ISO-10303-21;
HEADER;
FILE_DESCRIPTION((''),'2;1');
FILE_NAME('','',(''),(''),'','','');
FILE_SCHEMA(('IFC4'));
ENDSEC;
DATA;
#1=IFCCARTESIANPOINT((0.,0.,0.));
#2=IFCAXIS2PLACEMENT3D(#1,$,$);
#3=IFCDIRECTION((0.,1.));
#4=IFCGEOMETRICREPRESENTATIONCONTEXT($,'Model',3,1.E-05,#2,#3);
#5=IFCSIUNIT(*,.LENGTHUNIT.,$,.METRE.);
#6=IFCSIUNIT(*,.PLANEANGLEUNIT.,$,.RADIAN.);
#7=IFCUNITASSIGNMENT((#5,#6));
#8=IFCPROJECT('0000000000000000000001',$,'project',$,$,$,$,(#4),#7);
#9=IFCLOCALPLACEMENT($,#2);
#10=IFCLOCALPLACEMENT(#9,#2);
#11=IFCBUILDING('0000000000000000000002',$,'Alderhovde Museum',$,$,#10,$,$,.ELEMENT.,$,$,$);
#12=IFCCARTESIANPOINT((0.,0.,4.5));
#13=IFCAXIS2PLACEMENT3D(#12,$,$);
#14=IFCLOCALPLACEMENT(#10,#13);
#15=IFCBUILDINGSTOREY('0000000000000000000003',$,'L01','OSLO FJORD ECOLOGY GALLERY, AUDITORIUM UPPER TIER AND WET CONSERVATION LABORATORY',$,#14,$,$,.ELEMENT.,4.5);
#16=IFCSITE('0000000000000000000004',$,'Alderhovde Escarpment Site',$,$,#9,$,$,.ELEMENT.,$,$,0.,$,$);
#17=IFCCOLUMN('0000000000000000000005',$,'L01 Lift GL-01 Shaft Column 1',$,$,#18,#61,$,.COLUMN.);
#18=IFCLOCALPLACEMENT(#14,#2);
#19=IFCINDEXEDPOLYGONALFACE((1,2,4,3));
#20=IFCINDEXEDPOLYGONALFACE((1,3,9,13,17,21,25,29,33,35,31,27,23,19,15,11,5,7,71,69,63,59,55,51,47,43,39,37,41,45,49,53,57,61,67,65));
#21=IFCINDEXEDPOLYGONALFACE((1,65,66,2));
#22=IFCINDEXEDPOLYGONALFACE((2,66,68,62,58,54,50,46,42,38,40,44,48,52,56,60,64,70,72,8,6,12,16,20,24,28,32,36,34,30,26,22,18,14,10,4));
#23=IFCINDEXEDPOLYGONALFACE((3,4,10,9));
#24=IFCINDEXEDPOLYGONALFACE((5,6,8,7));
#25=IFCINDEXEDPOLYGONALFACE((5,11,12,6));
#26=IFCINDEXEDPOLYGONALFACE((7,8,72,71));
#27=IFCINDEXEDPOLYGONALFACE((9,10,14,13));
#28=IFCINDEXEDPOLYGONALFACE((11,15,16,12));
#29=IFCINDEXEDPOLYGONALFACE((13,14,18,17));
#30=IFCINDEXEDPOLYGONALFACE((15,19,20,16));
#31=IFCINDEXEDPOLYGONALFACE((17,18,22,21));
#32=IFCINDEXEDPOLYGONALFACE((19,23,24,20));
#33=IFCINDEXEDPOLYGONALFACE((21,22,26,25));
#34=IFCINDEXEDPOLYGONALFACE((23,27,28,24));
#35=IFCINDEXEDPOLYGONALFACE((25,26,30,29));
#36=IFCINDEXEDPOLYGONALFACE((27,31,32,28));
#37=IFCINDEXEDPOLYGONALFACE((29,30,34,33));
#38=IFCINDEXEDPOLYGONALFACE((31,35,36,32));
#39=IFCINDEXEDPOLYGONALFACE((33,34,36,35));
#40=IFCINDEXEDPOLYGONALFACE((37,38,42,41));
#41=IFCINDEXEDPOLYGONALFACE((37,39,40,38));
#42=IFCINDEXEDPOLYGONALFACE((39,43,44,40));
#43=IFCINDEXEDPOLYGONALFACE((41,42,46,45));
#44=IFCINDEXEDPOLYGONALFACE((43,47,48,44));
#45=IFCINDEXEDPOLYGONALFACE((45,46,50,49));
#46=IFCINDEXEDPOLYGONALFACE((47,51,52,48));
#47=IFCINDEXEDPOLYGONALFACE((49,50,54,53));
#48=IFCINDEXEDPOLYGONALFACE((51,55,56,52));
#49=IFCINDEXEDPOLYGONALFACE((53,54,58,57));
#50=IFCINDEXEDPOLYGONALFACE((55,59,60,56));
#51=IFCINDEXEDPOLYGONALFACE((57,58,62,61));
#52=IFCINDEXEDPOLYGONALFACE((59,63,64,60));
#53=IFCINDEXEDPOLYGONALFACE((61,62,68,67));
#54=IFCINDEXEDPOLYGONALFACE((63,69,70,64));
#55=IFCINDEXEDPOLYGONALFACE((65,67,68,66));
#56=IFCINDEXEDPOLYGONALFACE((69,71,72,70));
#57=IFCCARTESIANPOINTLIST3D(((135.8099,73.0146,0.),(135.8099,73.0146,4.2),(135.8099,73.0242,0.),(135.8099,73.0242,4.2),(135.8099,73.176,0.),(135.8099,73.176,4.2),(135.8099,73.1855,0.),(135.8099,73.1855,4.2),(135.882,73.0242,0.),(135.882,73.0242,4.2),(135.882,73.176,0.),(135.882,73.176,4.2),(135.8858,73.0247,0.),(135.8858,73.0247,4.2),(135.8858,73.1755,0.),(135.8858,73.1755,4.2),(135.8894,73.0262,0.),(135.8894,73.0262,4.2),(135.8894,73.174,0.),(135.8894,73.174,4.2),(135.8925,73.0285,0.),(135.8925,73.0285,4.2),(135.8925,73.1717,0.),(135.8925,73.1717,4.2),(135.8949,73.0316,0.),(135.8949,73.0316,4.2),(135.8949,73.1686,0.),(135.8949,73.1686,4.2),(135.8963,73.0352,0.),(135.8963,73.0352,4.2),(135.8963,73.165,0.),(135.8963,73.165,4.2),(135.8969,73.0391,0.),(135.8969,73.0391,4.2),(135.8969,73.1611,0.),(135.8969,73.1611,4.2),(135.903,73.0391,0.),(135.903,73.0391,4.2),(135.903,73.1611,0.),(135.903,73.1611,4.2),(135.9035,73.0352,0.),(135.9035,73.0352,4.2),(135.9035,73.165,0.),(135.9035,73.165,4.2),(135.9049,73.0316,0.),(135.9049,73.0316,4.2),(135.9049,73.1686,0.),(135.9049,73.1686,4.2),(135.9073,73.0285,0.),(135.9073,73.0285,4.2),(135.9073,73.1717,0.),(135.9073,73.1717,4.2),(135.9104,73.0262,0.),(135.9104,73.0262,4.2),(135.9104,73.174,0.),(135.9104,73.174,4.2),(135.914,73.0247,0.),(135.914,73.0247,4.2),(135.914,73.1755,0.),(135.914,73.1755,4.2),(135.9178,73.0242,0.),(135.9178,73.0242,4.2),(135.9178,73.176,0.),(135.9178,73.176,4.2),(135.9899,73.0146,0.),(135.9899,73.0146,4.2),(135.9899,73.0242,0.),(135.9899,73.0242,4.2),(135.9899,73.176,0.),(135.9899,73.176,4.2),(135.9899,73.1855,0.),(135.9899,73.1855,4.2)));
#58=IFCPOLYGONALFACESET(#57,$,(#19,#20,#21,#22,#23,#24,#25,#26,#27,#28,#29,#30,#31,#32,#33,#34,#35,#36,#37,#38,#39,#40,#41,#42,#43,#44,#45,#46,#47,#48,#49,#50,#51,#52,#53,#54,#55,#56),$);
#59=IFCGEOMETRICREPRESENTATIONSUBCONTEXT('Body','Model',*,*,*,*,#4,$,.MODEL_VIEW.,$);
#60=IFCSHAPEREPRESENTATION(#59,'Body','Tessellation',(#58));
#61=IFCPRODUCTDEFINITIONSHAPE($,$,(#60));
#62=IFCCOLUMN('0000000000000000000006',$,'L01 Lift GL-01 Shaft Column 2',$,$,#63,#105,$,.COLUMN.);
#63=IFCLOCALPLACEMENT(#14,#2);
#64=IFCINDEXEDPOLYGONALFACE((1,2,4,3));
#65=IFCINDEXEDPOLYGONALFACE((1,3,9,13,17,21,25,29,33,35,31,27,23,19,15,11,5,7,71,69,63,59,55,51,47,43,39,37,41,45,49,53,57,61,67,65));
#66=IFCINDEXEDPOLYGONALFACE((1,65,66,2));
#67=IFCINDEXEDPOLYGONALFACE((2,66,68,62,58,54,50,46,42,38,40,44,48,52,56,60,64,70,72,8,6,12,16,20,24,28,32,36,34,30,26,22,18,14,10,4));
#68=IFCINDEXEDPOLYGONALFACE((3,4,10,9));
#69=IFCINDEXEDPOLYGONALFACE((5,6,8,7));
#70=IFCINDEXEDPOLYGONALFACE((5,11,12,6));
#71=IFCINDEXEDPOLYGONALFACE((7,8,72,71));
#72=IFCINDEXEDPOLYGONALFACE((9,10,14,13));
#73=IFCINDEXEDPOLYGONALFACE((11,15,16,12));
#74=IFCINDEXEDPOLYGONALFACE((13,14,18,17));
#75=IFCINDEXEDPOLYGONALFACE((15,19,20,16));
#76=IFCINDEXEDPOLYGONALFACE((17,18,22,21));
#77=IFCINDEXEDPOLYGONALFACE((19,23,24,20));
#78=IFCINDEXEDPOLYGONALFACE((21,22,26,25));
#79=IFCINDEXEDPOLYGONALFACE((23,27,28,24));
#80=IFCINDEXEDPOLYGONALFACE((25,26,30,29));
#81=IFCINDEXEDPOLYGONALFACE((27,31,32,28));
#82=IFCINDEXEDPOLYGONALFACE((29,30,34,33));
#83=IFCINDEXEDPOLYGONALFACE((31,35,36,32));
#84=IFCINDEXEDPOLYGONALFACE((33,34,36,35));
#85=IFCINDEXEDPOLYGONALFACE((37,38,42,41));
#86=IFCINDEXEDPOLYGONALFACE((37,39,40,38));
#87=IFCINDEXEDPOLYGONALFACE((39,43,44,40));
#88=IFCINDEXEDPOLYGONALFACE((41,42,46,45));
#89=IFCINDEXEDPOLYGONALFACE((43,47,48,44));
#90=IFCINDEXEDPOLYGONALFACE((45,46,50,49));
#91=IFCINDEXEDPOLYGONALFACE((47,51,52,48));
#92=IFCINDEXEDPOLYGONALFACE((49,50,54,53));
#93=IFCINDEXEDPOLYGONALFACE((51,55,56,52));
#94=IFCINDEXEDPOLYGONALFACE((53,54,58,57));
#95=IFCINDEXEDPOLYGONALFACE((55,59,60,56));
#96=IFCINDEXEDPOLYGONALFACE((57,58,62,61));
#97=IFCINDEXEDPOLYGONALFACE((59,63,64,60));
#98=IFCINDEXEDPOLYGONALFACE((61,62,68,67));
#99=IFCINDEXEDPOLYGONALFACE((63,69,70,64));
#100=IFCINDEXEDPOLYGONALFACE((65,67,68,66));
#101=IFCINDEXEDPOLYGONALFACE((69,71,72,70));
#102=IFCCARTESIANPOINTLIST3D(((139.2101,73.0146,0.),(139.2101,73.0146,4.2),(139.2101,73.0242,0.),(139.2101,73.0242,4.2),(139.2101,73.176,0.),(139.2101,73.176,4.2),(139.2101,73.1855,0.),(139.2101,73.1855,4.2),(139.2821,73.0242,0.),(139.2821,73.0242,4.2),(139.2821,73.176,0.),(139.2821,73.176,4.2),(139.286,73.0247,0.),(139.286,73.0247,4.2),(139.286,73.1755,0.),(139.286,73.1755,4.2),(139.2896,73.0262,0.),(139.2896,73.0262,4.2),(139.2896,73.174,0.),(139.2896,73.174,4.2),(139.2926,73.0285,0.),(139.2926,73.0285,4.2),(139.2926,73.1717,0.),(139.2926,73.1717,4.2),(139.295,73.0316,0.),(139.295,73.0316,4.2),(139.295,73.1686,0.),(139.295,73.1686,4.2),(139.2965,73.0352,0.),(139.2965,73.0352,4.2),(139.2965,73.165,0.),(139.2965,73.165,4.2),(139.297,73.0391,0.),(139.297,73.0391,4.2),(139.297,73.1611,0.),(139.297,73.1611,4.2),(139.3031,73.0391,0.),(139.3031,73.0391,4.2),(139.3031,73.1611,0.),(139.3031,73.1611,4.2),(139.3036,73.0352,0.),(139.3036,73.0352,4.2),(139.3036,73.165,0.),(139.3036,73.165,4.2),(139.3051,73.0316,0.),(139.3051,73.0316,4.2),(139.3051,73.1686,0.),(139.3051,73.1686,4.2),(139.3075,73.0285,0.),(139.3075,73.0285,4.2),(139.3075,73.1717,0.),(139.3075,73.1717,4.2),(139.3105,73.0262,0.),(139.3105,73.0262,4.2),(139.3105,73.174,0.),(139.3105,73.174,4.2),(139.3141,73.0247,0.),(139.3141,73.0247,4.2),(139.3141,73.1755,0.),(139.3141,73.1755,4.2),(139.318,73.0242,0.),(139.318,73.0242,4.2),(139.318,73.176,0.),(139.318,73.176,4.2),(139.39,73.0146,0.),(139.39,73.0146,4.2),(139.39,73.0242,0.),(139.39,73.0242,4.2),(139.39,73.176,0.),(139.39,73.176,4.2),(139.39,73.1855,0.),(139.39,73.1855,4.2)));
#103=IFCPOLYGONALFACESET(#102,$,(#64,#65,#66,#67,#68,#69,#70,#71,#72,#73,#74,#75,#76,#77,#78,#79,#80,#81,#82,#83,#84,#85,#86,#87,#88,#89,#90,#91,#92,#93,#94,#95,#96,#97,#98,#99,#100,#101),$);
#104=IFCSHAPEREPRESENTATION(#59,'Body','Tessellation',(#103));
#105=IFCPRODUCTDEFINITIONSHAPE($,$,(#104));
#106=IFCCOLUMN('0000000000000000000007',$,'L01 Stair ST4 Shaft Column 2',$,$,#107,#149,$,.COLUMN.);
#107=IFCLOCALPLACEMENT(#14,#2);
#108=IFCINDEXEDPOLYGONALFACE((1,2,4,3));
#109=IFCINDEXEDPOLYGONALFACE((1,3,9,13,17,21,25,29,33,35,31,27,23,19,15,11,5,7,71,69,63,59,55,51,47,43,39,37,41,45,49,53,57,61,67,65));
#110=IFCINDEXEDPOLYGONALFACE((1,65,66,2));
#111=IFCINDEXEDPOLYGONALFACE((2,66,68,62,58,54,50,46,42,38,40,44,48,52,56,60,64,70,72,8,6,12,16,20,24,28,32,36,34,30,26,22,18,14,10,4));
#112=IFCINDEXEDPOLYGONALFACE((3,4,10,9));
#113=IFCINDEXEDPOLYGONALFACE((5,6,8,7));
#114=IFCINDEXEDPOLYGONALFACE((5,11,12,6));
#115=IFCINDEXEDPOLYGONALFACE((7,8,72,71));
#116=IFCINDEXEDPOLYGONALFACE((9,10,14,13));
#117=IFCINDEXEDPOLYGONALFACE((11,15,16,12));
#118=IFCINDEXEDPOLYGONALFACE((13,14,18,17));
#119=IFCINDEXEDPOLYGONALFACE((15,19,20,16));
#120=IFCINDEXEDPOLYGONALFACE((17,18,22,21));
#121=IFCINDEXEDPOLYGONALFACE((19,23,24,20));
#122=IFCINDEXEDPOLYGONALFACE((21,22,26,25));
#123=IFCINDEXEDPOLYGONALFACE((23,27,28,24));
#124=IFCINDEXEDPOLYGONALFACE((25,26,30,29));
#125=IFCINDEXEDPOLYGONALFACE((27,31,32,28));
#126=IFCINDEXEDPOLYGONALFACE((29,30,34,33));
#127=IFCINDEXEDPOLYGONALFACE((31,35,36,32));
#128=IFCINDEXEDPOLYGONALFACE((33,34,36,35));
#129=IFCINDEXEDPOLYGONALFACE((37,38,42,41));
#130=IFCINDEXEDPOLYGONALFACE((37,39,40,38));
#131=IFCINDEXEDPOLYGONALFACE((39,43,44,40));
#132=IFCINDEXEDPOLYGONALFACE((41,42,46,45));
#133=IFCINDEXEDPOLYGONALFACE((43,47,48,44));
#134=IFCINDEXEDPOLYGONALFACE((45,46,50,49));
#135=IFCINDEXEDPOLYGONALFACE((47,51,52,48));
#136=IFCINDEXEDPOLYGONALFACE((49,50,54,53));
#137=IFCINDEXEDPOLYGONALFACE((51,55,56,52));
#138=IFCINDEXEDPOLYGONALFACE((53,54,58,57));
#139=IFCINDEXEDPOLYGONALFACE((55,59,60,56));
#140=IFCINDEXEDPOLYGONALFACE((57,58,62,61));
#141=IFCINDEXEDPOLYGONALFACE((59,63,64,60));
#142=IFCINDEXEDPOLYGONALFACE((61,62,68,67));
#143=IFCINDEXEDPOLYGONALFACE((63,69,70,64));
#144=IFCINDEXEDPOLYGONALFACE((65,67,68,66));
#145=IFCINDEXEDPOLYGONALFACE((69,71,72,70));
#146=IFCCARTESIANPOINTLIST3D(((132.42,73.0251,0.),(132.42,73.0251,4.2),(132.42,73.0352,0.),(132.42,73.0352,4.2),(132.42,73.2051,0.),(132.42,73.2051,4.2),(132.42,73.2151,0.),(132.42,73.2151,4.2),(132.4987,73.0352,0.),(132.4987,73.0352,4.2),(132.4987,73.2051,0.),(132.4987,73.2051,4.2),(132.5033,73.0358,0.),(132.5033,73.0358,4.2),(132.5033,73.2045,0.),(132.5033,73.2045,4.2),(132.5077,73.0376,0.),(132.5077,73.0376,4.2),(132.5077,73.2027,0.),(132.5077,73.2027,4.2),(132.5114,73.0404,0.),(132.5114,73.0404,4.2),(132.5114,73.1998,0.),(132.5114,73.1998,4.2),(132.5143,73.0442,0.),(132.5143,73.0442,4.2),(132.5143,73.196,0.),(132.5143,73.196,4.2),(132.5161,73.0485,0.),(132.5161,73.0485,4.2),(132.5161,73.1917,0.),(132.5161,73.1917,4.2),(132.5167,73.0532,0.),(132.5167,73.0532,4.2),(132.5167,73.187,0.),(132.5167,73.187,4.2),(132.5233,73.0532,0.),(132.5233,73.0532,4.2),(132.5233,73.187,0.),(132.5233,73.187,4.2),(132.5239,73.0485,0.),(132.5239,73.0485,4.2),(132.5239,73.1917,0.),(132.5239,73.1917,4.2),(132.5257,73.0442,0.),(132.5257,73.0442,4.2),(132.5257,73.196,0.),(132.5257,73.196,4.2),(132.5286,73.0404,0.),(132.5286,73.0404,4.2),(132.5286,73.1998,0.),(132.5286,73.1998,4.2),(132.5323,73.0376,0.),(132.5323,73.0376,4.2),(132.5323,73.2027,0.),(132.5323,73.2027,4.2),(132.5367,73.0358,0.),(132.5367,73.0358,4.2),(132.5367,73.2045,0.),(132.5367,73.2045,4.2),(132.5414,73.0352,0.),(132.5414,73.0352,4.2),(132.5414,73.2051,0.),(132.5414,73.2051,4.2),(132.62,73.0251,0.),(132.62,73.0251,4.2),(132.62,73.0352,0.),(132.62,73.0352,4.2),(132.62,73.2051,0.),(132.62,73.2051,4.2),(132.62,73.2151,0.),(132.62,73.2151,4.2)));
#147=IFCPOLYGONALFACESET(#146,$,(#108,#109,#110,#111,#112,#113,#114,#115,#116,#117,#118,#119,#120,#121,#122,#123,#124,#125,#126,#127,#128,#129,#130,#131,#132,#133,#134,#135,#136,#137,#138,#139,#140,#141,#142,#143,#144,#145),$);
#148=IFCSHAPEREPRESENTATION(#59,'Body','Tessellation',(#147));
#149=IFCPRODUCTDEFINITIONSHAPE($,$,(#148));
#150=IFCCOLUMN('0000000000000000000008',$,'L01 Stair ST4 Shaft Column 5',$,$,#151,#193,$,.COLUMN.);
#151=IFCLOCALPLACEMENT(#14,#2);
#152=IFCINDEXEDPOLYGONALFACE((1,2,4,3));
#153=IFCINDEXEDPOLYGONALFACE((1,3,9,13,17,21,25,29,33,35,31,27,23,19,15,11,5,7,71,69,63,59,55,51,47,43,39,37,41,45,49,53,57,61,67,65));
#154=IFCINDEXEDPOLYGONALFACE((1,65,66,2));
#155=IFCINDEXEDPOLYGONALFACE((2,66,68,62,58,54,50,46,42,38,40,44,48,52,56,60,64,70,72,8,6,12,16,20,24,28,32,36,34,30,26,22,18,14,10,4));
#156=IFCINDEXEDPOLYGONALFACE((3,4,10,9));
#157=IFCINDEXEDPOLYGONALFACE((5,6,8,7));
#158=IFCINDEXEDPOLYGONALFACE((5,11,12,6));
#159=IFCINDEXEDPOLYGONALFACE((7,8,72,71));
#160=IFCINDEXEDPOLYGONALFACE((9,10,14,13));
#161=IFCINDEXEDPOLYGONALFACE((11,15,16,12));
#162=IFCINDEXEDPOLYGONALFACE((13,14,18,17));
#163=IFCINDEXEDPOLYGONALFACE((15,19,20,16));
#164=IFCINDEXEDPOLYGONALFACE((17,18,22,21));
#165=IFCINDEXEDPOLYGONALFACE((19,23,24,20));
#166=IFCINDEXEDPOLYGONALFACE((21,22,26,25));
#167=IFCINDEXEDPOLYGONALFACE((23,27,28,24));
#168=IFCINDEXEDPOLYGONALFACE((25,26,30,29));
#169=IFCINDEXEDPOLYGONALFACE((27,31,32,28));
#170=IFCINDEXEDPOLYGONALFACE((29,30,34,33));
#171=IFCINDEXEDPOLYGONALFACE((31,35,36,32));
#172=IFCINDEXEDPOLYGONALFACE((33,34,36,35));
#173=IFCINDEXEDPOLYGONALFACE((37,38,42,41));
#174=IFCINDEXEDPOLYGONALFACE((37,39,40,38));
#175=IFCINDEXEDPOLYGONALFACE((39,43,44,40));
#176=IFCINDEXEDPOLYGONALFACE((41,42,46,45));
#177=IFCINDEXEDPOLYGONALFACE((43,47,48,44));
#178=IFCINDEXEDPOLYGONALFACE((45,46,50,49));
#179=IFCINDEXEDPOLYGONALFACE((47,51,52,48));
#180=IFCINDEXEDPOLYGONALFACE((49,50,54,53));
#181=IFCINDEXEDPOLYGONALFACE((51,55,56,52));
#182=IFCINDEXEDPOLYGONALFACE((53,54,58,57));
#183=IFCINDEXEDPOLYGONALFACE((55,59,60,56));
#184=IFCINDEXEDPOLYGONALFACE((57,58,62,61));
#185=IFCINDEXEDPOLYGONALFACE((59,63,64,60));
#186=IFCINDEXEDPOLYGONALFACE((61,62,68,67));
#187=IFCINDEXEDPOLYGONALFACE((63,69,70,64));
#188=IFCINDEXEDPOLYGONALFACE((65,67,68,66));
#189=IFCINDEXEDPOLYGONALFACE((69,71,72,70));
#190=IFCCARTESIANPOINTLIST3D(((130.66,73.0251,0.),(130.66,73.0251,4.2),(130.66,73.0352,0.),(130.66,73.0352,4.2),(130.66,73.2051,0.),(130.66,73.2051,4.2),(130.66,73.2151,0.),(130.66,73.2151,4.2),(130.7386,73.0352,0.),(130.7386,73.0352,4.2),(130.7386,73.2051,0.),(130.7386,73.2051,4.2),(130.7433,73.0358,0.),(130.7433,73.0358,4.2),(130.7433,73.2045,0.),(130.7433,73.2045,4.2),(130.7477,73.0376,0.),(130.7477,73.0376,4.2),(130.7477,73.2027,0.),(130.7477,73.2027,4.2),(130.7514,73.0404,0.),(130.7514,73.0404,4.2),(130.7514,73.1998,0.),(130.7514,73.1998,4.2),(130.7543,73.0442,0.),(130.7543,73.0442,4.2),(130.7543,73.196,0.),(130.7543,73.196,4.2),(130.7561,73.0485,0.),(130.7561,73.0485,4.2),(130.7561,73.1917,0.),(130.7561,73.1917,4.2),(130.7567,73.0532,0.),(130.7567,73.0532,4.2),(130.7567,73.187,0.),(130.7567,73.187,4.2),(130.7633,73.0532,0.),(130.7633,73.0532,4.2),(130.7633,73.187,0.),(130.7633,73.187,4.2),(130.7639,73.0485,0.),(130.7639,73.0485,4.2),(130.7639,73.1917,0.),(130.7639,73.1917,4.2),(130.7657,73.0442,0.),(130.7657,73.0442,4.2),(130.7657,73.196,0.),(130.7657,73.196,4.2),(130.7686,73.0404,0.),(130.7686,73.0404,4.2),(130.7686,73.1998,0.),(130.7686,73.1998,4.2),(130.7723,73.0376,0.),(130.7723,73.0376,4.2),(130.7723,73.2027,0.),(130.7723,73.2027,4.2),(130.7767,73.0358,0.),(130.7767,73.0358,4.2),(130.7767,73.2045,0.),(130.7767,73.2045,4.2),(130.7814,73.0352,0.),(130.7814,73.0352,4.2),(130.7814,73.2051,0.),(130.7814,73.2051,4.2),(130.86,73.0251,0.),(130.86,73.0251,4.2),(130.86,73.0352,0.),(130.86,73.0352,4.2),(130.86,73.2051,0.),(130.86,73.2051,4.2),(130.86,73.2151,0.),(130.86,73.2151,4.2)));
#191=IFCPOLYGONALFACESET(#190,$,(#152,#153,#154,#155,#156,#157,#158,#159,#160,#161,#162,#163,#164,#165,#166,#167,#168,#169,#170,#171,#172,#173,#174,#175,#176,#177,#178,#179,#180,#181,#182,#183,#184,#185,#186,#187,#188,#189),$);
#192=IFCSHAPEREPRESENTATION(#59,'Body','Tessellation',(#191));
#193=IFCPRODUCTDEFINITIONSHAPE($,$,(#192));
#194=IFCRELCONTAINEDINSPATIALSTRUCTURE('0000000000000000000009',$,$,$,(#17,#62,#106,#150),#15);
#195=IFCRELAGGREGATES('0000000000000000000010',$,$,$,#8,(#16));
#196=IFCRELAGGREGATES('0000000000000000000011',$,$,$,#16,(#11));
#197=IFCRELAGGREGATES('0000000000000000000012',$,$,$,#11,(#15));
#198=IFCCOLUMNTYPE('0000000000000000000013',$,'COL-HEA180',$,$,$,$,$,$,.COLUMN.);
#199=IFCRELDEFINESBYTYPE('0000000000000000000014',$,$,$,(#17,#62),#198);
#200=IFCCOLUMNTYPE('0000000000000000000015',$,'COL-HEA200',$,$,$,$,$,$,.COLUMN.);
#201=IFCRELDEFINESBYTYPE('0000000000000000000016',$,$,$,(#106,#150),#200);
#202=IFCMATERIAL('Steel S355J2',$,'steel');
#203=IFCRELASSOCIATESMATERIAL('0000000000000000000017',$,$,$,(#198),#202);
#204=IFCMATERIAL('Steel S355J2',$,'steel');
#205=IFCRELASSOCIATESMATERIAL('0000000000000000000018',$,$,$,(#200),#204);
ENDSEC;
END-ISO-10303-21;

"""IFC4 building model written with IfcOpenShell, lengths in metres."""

from ifc_helpers import new_model, si_unit, direction, frame, origin, origin_2d, place, context, subcontext, project, spatial, i_section, extrude, material, material_profile, profile_set, type_object, element, save


model = new_model("IFC4")

# Units and contexts
model_context = context("Model", 3, precision=1e-05, world=origin(), true_north=direction((0.0, 1.0)))
body_context = subcontext(model_context, "Body", "Model", "MODEL_VIEW")
ifc_project = project(units=[si_unit("LENGTHUNIT", "METRE"), si_unit("PLANEANGLEUNIT", "RADIAN")], contexts=[model_context])

# Site, building, storey
site_placement = place(None, origin())
site = spatial("IfcSite", under=ifc_project, at=site_placement, Name="Alderhovde Escarpment Site", CompositionType="ELEMENT", RefElevation=0.0)
building_placement = place(site_placement, origin())
building = spatial("IfcBuilding", under=site, at=building_placement, Name="Alderhovde Museum", CompositionType="ELEMENT")
storey_placement = place(building_placement, frame((0.0, 0.0, 4.5)))
storey = spatial("IfcBuildingStorey", under=building, at=storey_placement, Name="L01", Description="OSLO FJORD ECOLOGY GALLERY, AUDITORIUM UPPER TIER AND WET CONSERVATION LABORATORY", CompositionType="ELEMENT", Elevation=4.5)

# Columns
ifc_material_1 = material(Name="Steel S355J2", Category="steel")
ifc_material_profile_1 = material_profile(ifc_material_1, i_section(OverallWidth=0.1799, OverallDepth=0.1709, WebThickness=0.0061, FlangeThickness=0.0095, FilletRadius=0.0149, at=origin_2d()), Name="HEA 180")
ifc_profile_set_1 = profile_set([ifc_material_profile_1], Name="Steel S355J2")
column_type_1 = type_object("IfcColumnType", Name="COL-HEA180", PredefinedType="COLUMN", material=ifc_profile_set_1)
for number, where, z_axis, x_axis, name in (
    (1, (135.8999, 73.1001, 0.0), (0.0, 0.0, 1.0), (1.0, 0.0, 0.0), "L01 Lift GL-01 Shaft Column 1"),
    (2, (139.3, 73.1001, 0.0), (0.0, 0.0, 1.0), (1.0, 0.0, 0.0), "L01 Lift GL-01 Shaft Column 2"),
):
    element("IfcColumn", number, at=place(storey_placement, frame(where, z_axis=z_axis, x_axis=x_axis)), inside=storey, type_object=column_type_1, Name=name, PredefinedType="COLUMN", context=body_context, shape_type="SweptSolid", body=[
        extrude(i_section(OverallWidth=0.1799, OverallDepth=0.1709, WebThickness=0.0061, FlangeThickness=0.0095, FilletRadius=0.0149, at=origin_2d()), origin(), (0.0, 0.0, 1.0), 4.2),
    ])
ifc_material_2 = material(Name="Steel S355J2", Category="steel")
ifc_material_profile_2 = material_profile(ifc_material_2, i_section(OverallWidth=0.2, OverallDepth=0.1899, WebThickness=0.0066, FlangeThickness=0.01, FilletRadius=0.0181, at=origin_2d()), Name="HEA 200")
ifc_profile_set_2 = profile_set([ifc_material_profile_2], Name="Steel S355J2")
column_type_2 = type_object("IfcColumnType", Name="COL-HEA200", PredefinedType="COLUMN", material=ifc_profile_set_2)
for number, where, z_axis, x_axis, name in (
    (3, (132.52, 73.1201, 0.0), (0.0, 0.0, 1.0), (1.0, 0.0, 0.0), "L01 Stair ST4 Shaft Column 2"),
    (4, (130.76, 73.1201, 0.0), (0.0, 0.0, 1.0), (1.0, 0.0, 0.0), "L01 Stair ST4 Shaft Column 5"),
):
    element("IfcColumn", number, at=place(storey_placement, frame(where, z_axis=z_axis, x_axis=x_axis)), inside=storey, type_object=column_type_2, Name=name, PredefinedType="COLUMN", context=body_context, shape_type="SweptSolid", body=[
        extrude(i_section(OverallWidth=0.2, OverallDepth=0.1899, WebThickness=0.0066, FlangeThickness=0.01, FilletRadius=0.0181, at=origin_2d()), origin(), (0.0, 0.0, 1.0), 4.2),
    ])

save(model, "model.ifc")
